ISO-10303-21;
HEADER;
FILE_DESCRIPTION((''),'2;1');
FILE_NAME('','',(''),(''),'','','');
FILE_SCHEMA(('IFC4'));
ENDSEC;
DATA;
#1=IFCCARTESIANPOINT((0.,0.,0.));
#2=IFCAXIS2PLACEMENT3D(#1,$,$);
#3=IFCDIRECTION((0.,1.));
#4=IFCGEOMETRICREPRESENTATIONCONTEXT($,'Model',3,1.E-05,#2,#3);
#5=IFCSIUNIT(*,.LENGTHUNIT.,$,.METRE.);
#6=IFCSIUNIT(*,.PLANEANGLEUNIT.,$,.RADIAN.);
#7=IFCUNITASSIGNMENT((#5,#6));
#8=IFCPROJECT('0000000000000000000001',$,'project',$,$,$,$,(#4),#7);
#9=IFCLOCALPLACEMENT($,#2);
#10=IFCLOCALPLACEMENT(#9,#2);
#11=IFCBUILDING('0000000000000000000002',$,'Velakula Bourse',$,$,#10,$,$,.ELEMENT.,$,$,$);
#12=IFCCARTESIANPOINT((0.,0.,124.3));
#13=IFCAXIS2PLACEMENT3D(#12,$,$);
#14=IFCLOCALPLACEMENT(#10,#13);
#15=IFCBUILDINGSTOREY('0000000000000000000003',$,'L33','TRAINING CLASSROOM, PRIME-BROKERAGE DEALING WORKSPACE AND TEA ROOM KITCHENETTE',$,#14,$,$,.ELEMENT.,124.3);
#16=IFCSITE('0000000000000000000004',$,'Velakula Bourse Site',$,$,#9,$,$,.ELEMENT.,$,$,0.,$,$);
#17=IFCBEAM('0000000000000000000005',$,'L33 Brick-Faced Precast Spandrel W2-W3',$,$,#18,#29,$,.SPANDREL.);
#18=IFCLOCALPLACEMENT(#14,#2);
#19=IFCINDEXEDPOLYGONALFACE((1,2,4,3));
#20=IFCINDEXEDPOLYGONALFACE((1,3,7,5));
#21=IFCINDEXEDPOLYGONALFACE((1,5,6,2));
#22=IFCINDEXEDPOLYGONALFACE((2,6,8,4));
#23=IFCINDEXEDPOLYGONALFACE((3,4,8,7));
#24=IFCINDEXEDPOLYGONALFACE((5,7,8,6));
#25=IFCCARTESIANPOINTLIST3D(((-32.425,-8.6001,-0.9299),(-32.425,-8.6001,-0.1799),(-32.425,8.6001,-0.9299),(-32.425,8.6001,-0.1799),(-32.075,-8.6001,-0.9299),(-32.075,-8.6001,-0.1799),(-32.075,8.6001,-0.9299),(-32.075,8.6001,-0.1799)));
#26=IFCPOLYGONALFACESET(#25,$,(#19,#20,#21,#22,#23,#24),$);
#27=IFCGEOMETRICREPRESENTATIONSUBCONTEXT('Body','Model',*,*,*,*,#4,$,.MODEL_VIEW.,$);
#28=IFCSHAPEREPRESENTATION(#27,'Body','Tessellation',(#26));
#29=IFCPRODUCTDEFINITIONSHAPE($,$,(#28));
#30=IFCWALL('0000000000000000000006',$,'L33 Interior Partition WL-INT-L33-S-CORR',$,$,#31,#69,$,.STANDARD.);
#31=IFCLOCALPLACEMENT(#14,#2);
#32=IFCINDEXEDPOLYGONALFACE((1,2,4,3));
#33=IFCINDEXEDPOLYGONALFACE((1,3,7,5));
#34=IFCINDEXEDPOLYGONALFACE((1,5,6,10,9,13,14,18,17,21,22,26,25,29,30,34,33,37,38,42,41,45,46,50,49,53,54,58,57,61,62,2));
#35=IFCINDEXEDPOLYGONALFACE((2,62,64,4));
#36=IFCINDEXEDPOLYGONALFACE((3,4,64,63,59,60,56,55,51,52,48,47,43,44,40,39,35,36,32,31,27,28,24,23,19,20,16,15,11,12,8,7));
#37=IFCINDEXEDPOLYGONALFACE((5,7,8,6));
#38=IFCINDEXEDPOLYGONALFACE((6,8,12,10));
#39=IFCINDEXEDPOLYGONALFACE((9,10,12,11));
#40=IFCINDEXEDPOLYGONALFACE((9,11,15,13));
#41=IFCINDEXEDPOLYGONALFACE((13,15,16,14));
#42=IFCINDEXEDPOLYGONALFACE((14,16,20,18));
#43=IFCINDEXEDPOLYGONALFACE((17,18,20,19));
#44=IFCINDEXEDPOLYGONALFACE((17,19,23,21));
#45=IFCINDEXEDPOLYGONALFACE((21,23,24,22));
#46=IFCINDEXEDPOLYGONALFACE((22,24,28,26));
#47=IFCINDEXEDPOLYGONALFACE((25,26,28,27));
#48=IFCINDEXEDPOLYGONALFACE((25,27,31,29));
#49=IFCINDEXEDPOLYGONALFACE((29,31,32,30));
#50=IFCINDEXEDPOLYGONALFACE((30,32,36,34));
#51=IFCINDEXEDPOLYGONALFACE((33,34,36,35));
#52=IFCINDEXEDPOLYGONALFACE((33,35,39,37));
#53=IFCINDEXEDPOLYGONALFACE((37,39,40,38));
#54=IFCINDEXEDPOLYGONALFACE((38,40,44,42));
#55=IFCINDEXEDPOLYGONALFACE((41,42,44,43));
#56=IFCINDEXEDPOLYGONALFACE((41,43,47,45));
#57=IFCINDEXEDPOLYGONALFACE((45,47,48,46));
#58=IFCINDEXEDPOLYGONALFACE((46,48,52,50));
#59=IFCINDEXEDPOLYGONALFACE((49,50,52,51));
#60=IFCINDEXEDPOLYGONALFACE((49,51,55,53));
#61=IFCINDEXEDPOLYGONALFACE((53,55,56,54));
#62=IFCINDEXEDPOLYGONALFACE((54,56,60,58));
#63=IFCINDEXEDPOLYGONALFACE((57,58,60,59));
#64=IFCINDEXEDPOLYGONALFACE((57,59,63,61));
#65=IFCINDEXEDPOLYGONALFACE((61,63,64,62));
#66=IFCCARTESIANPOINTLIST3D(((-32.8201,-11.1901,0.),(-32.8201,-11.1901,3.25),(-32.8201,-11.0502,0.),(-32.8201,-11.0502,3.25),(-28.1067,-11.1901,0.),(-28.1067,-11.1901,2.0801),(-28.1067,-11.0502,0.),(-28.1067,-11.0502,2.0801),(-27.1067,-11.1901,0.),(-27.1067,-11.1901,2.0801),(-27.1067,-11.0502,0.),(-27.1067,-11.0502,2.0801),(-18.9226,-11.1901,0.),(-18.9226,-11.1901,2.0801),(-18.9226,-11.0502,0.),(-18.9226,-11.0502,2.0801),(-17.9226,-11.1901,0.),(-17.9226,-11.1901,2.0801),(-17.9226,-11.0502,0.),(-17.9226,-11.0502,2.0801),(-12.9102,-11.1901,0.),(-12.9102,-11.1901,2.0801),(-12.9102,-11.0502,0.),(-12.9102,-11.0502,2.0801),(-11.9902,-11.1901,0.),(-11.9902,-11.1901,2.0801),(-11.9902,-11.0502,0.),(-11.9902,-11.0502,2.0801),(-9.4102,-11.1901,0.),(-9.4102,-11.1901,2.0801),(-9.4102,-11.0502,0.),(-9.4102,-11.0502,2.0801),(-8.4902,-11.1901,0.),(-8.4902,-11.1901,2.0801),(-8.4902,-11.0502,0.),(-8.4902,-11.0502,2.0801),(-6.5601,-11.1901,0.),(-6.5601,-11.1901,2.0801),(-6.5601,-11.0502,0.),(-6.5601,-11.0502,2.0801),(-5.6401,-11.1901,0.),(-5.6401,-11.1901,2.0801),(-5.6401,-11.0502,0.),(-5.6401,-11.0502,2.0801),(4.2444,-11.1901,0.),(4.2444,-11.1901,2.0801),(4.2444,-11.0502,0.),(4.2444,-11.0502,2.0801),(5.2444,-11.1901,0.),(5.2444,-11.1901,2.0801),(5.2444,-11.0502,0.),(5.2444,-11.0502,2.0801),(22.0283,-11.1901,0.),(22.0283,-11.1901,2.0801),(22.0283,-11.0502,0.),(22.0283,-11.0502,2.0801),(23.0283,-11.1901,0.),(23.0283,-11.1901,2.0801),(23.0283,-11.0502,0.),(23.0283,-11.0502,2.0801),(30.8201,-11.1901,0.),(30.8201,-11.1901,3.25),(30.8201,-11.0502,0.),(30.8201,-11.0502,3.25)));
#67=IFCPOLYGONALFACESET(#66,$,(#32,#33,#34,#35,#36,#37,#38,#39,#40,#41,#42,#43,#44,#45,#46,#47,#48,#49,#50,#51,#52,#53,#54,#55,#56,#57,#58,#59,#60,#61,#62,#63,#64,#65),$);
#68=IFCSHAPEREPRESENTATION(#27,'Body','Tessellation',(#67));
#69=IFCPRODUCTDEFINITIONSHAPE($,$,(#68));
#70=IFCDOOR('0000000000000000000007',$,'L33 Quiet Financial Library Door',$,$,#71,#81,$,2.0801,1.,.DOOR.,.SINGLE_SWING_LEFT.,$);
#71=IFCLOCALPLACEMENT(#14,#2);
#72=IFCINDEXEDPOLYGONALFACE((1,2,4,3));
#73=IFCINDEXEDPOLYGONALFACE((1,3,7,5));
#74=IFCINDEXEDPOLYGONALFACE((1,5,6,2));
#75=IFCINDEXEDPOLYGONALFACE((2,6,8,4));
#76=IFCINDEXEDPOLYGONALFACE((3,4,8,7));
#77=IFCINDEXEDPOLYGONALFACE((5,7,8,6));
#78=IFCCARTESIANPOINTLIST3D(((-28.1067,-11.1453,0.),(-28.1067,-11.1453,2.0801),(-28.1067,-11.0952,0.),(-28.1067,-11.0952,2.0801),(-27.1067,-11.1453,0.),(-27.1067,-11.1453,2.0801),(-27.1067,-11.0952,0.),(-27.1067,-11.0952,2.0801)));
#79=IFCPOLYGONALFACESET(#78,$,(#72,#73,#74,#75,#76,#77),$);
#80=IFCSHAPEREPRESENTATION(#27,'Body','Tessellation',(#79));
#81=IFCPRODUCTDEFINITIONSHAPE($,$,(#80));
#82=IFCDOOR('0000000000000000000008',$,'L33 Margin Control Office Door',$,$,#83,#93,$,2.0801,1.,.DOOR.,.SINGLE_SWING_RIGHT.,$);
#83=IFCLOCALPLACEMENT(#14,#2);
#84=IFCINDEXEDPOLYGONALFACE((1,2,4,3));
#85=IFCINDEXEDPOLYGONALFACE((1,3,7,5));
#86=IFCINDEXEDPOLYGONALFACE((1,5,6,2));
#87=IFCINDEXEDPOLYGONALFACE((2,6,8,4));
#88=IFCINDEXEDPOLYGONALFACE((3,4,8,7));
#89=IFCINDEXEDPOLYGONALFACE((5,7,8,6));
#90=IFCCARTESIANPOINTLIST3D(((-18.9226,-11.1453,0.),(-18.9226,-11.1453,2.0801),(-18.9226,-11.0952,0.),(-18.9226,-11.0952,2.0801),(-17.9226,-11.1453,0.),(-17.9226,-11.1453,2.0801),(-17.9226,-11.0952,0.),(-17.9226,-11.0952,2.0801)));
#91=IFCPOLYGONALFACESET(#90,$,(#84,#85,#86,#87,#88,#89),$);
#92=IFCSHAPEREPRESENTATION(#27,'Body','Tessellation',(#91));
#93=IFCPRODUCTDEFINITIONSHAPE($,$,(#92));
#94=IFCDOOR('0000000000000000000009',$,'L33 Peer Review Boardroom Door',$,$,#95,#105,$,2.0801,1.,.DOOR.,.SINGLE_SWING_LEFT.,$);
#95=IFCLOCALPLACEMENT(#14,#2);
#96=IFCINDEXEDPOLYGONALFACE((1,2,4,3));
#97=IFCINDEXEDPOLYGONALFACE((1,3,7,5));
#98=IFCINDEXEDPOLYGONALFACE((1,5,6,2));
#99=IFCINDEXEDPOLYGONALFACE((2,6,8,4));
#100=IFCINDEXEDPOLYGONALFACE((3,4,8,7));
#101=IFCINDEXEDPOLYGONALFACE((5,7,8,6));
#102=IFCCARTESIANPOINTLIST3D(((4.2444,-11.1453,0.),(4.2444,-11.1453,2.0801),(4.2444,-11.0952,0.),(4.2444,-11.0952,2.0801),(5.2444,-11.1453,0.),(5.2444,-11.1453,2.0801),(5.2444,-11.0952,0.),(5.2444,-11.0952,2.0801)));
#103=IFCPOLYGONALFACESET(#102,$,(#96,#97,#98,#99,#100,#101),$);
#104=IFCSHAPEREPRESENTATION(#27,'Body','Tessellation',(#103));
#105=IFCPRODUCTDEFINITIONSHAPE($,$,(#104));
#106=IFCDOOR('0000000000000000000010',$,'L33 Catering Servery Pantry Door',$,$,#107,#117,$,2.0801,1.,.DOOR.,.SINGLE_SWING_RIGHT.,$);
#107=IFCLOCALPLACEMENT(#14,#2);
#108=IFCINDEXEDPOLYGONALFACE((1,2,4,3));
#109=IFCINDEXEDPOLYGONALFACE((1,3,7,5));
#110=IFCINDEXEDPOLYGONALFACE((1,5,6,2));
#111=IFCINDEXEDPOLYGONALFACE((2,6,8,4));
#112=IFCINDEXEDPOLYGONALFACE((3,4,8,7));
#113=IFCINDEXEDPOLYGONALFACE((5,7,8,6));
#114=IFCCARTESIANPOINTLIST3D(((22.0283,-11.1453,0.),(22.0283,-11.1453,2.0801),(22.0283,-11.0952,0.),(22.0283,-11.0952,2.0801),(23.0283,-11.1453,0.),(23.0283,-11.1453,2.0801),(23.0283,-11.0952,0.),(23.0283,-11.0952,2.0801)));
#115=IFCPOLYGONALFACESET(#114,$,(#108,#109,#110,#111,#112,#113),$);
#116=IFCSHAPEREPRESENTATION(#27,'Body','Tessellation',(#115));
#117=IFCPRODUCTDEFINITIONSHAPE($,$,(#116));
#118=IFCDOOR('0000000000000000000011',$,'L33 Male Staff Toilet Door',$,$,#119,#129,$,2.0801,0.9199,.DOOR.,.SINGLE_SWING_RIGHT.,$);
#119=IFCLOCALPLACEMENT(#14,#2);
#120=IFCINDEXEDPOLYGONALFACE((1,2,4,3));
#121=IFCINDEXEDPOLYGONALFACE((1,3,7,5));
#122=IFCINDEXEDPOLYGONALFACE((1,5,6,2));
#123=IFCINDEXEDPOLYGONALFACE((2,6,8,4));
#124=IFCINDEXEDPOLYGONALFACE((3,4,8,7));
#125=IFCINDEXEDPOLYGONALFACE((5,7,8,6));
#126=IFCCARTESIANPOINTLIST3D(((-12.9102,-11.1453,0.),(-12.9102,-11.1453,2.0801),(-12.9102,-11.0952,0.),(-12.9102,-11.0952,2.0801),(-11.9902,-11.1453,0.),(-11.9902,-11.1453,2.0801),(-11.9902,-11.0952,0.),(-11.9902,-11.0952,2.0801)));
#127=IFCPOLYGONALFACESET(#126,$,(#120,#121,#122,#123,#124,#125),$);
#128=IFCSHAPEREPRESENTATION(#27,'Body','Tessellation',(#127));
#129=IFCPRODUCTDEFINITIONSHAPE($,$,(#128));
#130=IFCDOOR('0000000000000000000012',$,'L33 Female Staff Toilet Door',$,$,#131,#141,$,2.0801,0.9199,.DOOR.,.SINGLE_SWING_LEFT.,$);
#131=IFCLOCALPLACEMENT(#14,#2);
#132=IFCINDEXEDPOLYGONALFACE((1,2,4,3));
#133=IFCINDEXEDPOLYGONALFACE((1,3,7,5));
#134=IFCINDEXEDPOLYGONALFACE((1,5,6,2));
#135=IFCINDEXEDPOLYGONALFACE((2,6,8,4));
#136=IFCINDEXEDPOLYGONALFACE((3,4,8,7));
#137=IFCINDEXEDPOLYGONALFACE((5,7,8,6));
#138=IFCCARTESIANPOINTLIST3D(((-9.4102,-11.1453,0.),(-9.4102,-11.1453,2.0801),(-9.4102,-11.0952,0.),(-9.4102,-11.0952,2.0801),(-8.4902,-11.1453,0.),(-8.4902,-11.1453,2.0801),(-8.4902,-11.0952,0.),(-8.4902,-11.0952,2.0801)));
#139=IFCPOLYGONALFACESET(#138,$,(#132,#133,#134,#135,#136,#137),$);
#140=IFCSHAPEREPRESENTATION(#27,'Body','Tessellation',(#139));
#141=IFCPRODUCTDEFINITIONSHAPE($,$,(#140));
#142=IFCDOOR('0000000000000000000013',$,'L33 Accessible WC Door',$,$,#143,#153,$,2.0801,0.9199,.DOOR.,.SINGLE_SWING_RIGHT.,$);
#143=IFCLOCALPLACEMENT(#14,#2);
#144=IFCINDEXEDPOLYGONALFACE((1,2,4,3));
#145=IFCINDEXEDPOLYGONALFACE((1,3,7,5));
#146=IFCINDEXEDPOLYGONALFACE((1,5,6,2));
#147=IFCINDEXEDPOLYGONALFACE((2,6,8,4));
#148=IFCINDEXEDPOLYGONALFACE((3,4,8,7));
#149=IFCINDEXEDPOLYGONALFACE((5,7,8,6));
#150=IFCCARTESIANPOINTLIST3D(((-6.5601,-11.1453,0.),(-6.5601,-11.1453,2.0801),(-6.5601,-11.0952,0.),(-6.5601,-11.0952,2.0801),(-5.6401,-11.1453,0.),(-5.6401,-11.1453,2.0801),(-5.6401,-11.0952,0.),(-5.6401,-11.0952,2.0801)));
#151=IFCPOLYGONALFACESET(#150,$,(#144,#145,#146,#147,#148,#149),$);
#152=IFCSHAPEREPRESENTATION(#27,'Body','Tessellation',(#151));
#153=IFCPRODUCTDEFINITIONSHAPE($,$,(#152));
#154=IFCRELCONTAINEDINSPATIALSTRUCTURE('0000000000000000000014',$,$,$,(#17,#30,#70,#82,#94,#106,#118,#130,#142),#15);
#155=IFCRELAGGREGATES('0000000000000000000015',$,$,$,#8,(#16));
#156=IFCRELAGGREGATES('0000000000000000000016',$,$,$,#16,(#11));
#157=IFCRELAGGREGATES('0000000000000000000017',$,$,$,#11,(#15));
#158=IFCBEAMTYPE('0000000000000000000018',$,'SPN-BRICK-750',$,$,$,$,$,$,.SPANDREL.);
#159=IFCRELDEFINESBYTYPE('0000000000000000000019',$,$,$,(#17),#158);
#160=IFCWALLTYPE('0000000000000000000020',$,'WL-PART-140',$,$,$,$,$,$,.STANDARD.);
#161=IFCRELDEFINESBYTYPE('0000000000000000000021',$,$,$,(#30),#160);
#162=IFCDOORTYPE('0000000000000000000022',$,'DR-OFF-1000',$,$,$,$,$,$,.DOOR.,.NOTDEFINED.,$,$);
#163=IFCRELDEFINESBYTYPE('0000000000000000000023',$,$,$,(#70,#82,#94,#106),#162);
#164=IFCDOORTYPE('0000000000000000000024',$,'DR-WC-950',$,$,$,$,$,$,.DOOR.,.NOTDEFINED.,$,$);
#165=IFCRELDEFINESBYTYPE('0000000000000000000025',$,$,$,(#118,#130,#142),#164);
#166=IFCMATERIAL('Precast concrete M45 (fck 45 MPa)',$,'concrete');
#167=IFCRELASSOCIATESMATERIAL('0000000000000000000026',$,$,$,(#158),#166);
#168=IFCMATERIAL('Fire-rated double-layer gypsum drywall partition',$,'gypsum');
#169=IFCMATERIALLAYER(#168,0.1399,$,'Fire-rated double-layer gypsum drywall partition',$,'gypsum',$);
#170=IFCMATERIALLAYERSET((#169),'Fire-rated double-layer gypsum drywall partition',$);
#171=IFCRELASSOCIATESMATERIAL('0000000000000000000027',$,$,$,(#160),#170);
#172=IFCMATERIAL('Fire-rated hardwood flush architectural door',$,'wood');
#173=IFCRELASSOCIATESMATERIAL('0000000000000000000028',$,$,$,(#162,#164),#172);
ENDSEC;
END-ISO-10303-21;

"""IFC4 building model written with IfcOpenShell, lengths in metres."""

from ifc_helpers import new_model, si_unit, direction, frame, frame_2d, origin, origin_2d, place, context, subcontext, project, spatial, rectangle, extrude, material, layer, layer_set, material_profile, profile_set, type_object, element, fill, save


model = new_model("IFC4")

# Units and contexts
model_context = context("Model", 3, precision=1e-05, world=origin(), true_north=direction((0.0, 1.0)))
body_context = subcontext(model_context, "Body", "Model", "MODEL_VIEW")
ifc_project = project(units=[si_unit("LENGTHUNIT", "METRE"), si_unit("PLANEANGLEUNIT", "RADIAN")], contexts=[model_context])

# Site, building, storey
site_placement = place(None, origin())
site = spatial("IfcSite", under=ifc_project, at=site_placement, Name="Velakula Bourse Site", CompositionType="ELEMENT", RefElevation=0.0)
building_placement = place(site_placement, origin())
building = spatial("IfcBuilding", under=site, at=building_placement, Name="Velakula Bourse", CompositionType="ELEMENT")
storey_placement = place(building_placement, frame((0.0, 0.0, 124.3)))
storey = spatial("IfcBuildingStorey", under=building, at=storey_placement, Name="L33", Description="TRAINING CLASSROOM, PRIME-BROKERAGE DEALING WORKSPACE AND TEA ROOM KITCHENETTE", CompositionType="ELEMENT", Elevation=124.3)

# Beam
ifc_material_1 = material(Name="Precast concrete M45 (fck 45 MPa)", Category="concrete")
ifc_material_profile_1 = material_profile(ifc_material_1, rectangle(XDim=0.3501, YDim=0.75, at=origin_2d()), Name="Precast concrete M45 (fck 45 MPa)")
ifc_profile_set_1 = profile_set([ifc_material_profile_1], Name="Precast concrete M45 (fck 45 MPa)")
beam_type_1 = type_object("IfcBeamType", Name="SPN-BRICK-750", PredefinedType="SPANDREL", material=ifc_profile_set_1)
beam_1_placement = place(storey_placement, frame((-32.25, -8.6001, -0.5549), z_axis=(0.0, 1.0, 0.0), x_axis=(-1.0, 0.0, 0.0)))
element("IfcBeam", 1, at=beam_1_placement, inside=storey, type_object=beam_type_1, Name="L33 Brick-Faced Precast Spandrel W2-W3", PredefinedType="SPANDREL", context=body_context, shape_type="SweptSolid", body=[
    extrude(rectangle(XDim=0.3501, YDim=0.75, at=origin_2d()), origin(), (0.0, 0.0, 1.0), 17.2002),
])

# Wall, openings, doors
ifc_material_2 = material(Name="Fire-rated double-layer gypsum drywall partition", Category="gypsum")
ifc_layer = layer(ifc_material_2, 0.1399, Name="Fire-rated double-layer gypsum drywall partition", Category="gypsum")
ifc_layer_set = layer_set([ifc_layer], Name="Fire-rated double-layer gypsum drywall partition")
wall_type = type_object("IfcWallType", Name="WL-PART-140", PredefinedType="STANDARD", material=ifc_layer_set)
wall_1_placement = place(storey_placement, frame((-32.8201, -11.1201, 0.0), z_axis=(0.0, 0.0, 1.0), x_axis=(1.0, 0.0, 0.0)))
wall_1 = element("IfcWall", 2, at=wall_1_placement, inside=storey, type_object=wall_type, Name="L33 Interior Partition WL-INT-L33-S-CORR", PredefinedType="STANDARD", context=body_context, shape_type="SweptSolid", body=[
    extrude(rectangle(XDim=63.6401, YDim=0.1399, at=frame_2d((31.8201, 0.0))), origin(), (0.0, 0.0, 1.0), 3.25),
])
opening_1_placement = place(wall_1_placement, frame((19.9099, 0.0, 0.0)))
opening_1 = element("IfcOpeningElement", 3, at=opening_1_placement, cuts=wall_1, PredefinedType="OPENING", context=body_context, shape_type="SweptSolid", body=[
    extrude(rectangle(XDim=0.9199, YDim=2.0801, at=frame_2d((0.46, 1.04))), frame((0.0, 0.0798, 0.0), z_axis=(0.0, -1.0, 0.0), x_axis=(1.0, 0.0, 0.0)), (0.0, 0.0, 1.0), 0.1599),
])
opening_2_placement = place(wall_1_placement, frame((23.4099, 0.0, 0.0)))
opening_2 = element("IfcOpeningElement", 4, at=opening_2_placement, cuts=wall_1, PredefinedType="OPENING", context=body_context, shape_type="SweptSolid", body=[
    extrude(rectangle(XDim=0.9199, YDim=2.0801, at=frame_2d((0.46, 1.04))), frame((0.0, 0.0798, 0.0), z_axis=(0.0, -1.0, 0.0), x_axis=(1.0, 0.0, 0.0)), (0.0, 0.0, 1.0), 0.1599),
])
opening_3_placement = place(wall_1_placement, frame((26.26, 0.0, 0.0)))
opening_3 = element("IfcOpeningElement", 5, at=opening_3_placement, cuts=wall_1, PredefinedType="OPENING", context=body_context, shape_type="SweptSolid", body=[
    extrude(rectangle(XDim=0.9199, YDim=2.0801, at=frame_2d((0.46, 1.04))), frame((0.0, 0.0798, 0.0), z_axis=(0.0, -1.0, 0.0), x_axis=(1.0, 0.0, 0.0)), (0.0, 0.0, 1.0), 0.1599),
])
opening_4_placement = place(wall_1_placement, frame((4.7134, 0.0, 0.0)))
opening_4 = element("IfcOpeningElement", 6, at=opening_4_placement, cuts=wall_1, PredefinedType="OPENING", context=body_context, shape_type="SweptSolid", body=[
    extrude(rectangle(XDim=1.0, YDim=2.0801, at=frame_2d((0.5, 1.04))), frame((0.0, 0.0798, 0.0), z_axis=(0.0, -1.0, 0.0), x_axis=(1.0, 0.0, 0.0)), (0.0, 0.0, 1.0), 0.1599),
])
opening_5_placement = place(wall_1_placement, frame((13.8975, 0.0, 0.0)))
opening_5 = element("IfcOpeningElement", 7, at=opening_5_placement, cuts=wall_1, PredefinedType="OPENING", context=body_context, shape_type="SweptSolid", body=[
    extrude(rectangle(XDim=1.0, YDim=2.0801, at=frame_2d((0.5, 1.04))), frame((0.0, 0.0798, 0.0), z_axis=(0.0, -1.0, 0.0), x_axis=(1.0, 0.0, 0.0)), (0.0, 0.0, 1.0), 0.1599),
])
opening_6_placement = place(wall_1_placement, frame((37.0645, 0.0, 0.0)))
opening_6 = element("IfcOpeningElement", 8, at=opening_6_placement, cuts=wall_1, PredefinedType="OPENING", context=body_context, shape_type="SweptSolid", body=[
    extrude(rectangle(XDim=1.0, YDim=2.0801, at=frame_2d((0.5, 1.04))), frame((0.0, 0.0798, 0.0), z_axis=(0.0, -1.0, 0.0), x_axis=(1.0, 0.0, 0.0)), (0.0, 0.0, 1.0), 0.1599),
])
opening_7_placement = place(wall_1_placement, frame((54.8484, 0.0, 0.0)))
opening_7 = element("IfcOpeningElement", 9, at=opening_7_placement, cuts=wall_1, PredefinedType="OPENING", context=body_context, shape_type="SweptSolid", body=[
    extrude(rectangle(XDim=1.0, YDim=2.0801, at=frame_2d((0.5, 1.04))), frame((0.0, 0.0798, 0.0), z_axis=(0.0, -1.0, 0.0), x_axis=(1.0, 0.0, 0.0)), (0.0, 0.0, 1.0), 0.1599),
])
ifc_material_3 = material(Name="Fire-rated hardwood flush architectural door", Category="wood")
door_type_1 = type_object("IfcDoorType", Name="DR-OFF-1000", OperationType="NOTDEFINED", PredefinedType="DOOR", material=ifc_material_3)
door_1_placement = place(opening_4_placement, origin())
door_1 = element("IfcDoor", 10, at=door_1_placement, inside=storey, type_object=door_type_1, Name="L33 Quiet Financial Library Door", OperationType="SINGLE_SWING_LEFT", OverallHeight=2.0801, OverallWidth=1.0, PredefinedType="DOOR", context=body_context, shape_type="SweptSolid", body=[
    extrude(rectangle(XDim=1.0, YDim=2.0801, at=frame_2d((0.5, 1.04))), frame((0.0, 0.0249, 0.0), z_axis=(0.0, -1.0, 0.0), x_axis=(1.0, 0.0, 0.0)), (0.0, 0.0, 1.0), 0.05),
])
fill(opening_4, door_1)
door_2_placement = place(opening_5_placement, origin())
door_2 = element("IfcDoor", 11, at=door_2_placement, inside=storey, type_object=door_type_1, Name="L33 Margin Control Office Door", OperationType="SINGLE_SWING_RIGHT", OverallHeight=2.0801, OverallWidth=1.0, PredefinedType="DOOR", context=body_context, shape_type="SweptSolid", body=[
    extrude(rectangle(XDim=1.0, YDim=2.0801, at=frame_2d((0.5, 1.04))), frame((0.0, 0.0249, 0.0), z_axis=(0.0, -1.0, 0.0), x_axis=(1.0, 0.0, 0.0)), (0.0, 0.0, 1.0), 0.05),
])
fill(opening_5, door_2)
door_3_placement = place(opening_6_placement, origin())
door_3 = element("IfcDoor", 12, at=door_3_placement, inside=storey, type_object=door_type_1, Name="L33 Peer Review Boardroom Door", OperationType="SINGLE_SWING_LEFT", OverallHeight=2.0801, OverallWidth=1.0, PredefinedType="DOOR", context=body_context, shape_type="SweptSolid", body=[
    extrude(rectangle(XDim=1.0, YDim=2.0801, at=frame_2d((0.5, 1.04))), frame((0.0, 0.0249, 0.0), z_axis=(0.0, -1.0, 0.0), x_axis=(1.0, 0.0, 0.0)), (0.0, 0.0, 1.0), 0.05),
])
fill(opening_6, door_3)
door_4_placement = place(opening_7_placement, origin())
door_4 = element("IfcDoor", 13, at=door_4_placement, inside=storey, type_object=door_type_1, Name="L33 Catering Servery Pantry Door", OperationType="SINGLE_SWING_RIGHT", OverallHeight=2.0801, OverallWidth=1.0, PredefinedType="DOOR", context=body_context, shape_type="SweptSolid", body=[
    extrude(rectangle(XDim=1.0, YDim=2.0801, at=frame_2d((0.5, 1.04))), frame((0.0, 0.0249, 0.0), z_axis=(0.0, -1.0, 0.0), x_axis=(1.0, 0.0, 0.0)), (0.0, 0.0, 1.0), 0.05),
])
fill(opening_7, door_4)
door_type_2 = type_object("IfcDoorType", Name="DR-WC-950", OperationType="NOTDEFINED", PredefinedType="DOOR", material=ifc_material_3)
door_5_placement = place(opening_1_placement, origin())
door_5 = element("IfcDoor", 14, at=door_5_placement, inside=storey, type_object=door_type_2, Name="L33 Male Staff Toilet Door", OperationType="SINGLE_SWING_RIGHT", OverallHeight=2.0801, OverallWidth=0.9199, PredefinedType="DOOR", context=body_context, shape_type="SweptSolid", body=[
    extrude(rectangle(XDim=0.9199, YDim=2.0801, at=frame_2d((0.46, 1.04))), frame((0.0, 0.0249, 0.0), z_axis=(0.0, -1.0, 0.0), x_axis=(1.0, 0.0, 0.0)), (0.0, 0.0, 1.0), 0.05),
])
fill(opening_1, door_5)
door_6_placement = place(opening_2_placement, origin())
door_6 = element("IfcDoor", 15, at=door_6_placement, inside=storey, type_object=door_type_2, Name="L33 Female Staff Toilet Door", OperationType="SINGLE_SWING_LEFT", OverallHeight=2.0801, OverallWidth=0.9199, PredefinedType="DOOR", context=body_context, shape_type="SweptSolid", body=[
    extrude(rectangle(XDim=0.9199, YDim=2.0801, at=frame_2d((0.46, 1.04))), frame((0.0, 0.0249, 0.0), z_axis=(0.0, -1.0, 0.0), x_axis=(1.0, 0.0, 0.0)), (0.0, 0.0, 1.0), 0.05),
])
fill(opening_2, door_6)
door_7_placement = place(opening_3_placement, origin())
door_7 = element("IfcDoor", 16, at=door_7_placement, inside=storey, type_object=door_type_2, Name="L33 Accessible WC Door", OperationType="SINGLE_SWING_RIGHT", OverallHeight=2.0801, OverallWidth=0.9199, PredefinedType="DOOR", context=body_context, shape_type="SweptSolid", body=[
    extrude(rectangle(XDim=0.9199, YDim=2.0801, at=frame_2d((0.46, 1.04))), frame((0.0, 0.0249, 0.0), z_axis=(0.0, -1.0, 0.0), x_axis=(1.0, 0.0, 0.0)), (0.0, 0.0, 1.0), 0.05),
])
fill(opening_3, door_7)

save(model, "model.ifc")
